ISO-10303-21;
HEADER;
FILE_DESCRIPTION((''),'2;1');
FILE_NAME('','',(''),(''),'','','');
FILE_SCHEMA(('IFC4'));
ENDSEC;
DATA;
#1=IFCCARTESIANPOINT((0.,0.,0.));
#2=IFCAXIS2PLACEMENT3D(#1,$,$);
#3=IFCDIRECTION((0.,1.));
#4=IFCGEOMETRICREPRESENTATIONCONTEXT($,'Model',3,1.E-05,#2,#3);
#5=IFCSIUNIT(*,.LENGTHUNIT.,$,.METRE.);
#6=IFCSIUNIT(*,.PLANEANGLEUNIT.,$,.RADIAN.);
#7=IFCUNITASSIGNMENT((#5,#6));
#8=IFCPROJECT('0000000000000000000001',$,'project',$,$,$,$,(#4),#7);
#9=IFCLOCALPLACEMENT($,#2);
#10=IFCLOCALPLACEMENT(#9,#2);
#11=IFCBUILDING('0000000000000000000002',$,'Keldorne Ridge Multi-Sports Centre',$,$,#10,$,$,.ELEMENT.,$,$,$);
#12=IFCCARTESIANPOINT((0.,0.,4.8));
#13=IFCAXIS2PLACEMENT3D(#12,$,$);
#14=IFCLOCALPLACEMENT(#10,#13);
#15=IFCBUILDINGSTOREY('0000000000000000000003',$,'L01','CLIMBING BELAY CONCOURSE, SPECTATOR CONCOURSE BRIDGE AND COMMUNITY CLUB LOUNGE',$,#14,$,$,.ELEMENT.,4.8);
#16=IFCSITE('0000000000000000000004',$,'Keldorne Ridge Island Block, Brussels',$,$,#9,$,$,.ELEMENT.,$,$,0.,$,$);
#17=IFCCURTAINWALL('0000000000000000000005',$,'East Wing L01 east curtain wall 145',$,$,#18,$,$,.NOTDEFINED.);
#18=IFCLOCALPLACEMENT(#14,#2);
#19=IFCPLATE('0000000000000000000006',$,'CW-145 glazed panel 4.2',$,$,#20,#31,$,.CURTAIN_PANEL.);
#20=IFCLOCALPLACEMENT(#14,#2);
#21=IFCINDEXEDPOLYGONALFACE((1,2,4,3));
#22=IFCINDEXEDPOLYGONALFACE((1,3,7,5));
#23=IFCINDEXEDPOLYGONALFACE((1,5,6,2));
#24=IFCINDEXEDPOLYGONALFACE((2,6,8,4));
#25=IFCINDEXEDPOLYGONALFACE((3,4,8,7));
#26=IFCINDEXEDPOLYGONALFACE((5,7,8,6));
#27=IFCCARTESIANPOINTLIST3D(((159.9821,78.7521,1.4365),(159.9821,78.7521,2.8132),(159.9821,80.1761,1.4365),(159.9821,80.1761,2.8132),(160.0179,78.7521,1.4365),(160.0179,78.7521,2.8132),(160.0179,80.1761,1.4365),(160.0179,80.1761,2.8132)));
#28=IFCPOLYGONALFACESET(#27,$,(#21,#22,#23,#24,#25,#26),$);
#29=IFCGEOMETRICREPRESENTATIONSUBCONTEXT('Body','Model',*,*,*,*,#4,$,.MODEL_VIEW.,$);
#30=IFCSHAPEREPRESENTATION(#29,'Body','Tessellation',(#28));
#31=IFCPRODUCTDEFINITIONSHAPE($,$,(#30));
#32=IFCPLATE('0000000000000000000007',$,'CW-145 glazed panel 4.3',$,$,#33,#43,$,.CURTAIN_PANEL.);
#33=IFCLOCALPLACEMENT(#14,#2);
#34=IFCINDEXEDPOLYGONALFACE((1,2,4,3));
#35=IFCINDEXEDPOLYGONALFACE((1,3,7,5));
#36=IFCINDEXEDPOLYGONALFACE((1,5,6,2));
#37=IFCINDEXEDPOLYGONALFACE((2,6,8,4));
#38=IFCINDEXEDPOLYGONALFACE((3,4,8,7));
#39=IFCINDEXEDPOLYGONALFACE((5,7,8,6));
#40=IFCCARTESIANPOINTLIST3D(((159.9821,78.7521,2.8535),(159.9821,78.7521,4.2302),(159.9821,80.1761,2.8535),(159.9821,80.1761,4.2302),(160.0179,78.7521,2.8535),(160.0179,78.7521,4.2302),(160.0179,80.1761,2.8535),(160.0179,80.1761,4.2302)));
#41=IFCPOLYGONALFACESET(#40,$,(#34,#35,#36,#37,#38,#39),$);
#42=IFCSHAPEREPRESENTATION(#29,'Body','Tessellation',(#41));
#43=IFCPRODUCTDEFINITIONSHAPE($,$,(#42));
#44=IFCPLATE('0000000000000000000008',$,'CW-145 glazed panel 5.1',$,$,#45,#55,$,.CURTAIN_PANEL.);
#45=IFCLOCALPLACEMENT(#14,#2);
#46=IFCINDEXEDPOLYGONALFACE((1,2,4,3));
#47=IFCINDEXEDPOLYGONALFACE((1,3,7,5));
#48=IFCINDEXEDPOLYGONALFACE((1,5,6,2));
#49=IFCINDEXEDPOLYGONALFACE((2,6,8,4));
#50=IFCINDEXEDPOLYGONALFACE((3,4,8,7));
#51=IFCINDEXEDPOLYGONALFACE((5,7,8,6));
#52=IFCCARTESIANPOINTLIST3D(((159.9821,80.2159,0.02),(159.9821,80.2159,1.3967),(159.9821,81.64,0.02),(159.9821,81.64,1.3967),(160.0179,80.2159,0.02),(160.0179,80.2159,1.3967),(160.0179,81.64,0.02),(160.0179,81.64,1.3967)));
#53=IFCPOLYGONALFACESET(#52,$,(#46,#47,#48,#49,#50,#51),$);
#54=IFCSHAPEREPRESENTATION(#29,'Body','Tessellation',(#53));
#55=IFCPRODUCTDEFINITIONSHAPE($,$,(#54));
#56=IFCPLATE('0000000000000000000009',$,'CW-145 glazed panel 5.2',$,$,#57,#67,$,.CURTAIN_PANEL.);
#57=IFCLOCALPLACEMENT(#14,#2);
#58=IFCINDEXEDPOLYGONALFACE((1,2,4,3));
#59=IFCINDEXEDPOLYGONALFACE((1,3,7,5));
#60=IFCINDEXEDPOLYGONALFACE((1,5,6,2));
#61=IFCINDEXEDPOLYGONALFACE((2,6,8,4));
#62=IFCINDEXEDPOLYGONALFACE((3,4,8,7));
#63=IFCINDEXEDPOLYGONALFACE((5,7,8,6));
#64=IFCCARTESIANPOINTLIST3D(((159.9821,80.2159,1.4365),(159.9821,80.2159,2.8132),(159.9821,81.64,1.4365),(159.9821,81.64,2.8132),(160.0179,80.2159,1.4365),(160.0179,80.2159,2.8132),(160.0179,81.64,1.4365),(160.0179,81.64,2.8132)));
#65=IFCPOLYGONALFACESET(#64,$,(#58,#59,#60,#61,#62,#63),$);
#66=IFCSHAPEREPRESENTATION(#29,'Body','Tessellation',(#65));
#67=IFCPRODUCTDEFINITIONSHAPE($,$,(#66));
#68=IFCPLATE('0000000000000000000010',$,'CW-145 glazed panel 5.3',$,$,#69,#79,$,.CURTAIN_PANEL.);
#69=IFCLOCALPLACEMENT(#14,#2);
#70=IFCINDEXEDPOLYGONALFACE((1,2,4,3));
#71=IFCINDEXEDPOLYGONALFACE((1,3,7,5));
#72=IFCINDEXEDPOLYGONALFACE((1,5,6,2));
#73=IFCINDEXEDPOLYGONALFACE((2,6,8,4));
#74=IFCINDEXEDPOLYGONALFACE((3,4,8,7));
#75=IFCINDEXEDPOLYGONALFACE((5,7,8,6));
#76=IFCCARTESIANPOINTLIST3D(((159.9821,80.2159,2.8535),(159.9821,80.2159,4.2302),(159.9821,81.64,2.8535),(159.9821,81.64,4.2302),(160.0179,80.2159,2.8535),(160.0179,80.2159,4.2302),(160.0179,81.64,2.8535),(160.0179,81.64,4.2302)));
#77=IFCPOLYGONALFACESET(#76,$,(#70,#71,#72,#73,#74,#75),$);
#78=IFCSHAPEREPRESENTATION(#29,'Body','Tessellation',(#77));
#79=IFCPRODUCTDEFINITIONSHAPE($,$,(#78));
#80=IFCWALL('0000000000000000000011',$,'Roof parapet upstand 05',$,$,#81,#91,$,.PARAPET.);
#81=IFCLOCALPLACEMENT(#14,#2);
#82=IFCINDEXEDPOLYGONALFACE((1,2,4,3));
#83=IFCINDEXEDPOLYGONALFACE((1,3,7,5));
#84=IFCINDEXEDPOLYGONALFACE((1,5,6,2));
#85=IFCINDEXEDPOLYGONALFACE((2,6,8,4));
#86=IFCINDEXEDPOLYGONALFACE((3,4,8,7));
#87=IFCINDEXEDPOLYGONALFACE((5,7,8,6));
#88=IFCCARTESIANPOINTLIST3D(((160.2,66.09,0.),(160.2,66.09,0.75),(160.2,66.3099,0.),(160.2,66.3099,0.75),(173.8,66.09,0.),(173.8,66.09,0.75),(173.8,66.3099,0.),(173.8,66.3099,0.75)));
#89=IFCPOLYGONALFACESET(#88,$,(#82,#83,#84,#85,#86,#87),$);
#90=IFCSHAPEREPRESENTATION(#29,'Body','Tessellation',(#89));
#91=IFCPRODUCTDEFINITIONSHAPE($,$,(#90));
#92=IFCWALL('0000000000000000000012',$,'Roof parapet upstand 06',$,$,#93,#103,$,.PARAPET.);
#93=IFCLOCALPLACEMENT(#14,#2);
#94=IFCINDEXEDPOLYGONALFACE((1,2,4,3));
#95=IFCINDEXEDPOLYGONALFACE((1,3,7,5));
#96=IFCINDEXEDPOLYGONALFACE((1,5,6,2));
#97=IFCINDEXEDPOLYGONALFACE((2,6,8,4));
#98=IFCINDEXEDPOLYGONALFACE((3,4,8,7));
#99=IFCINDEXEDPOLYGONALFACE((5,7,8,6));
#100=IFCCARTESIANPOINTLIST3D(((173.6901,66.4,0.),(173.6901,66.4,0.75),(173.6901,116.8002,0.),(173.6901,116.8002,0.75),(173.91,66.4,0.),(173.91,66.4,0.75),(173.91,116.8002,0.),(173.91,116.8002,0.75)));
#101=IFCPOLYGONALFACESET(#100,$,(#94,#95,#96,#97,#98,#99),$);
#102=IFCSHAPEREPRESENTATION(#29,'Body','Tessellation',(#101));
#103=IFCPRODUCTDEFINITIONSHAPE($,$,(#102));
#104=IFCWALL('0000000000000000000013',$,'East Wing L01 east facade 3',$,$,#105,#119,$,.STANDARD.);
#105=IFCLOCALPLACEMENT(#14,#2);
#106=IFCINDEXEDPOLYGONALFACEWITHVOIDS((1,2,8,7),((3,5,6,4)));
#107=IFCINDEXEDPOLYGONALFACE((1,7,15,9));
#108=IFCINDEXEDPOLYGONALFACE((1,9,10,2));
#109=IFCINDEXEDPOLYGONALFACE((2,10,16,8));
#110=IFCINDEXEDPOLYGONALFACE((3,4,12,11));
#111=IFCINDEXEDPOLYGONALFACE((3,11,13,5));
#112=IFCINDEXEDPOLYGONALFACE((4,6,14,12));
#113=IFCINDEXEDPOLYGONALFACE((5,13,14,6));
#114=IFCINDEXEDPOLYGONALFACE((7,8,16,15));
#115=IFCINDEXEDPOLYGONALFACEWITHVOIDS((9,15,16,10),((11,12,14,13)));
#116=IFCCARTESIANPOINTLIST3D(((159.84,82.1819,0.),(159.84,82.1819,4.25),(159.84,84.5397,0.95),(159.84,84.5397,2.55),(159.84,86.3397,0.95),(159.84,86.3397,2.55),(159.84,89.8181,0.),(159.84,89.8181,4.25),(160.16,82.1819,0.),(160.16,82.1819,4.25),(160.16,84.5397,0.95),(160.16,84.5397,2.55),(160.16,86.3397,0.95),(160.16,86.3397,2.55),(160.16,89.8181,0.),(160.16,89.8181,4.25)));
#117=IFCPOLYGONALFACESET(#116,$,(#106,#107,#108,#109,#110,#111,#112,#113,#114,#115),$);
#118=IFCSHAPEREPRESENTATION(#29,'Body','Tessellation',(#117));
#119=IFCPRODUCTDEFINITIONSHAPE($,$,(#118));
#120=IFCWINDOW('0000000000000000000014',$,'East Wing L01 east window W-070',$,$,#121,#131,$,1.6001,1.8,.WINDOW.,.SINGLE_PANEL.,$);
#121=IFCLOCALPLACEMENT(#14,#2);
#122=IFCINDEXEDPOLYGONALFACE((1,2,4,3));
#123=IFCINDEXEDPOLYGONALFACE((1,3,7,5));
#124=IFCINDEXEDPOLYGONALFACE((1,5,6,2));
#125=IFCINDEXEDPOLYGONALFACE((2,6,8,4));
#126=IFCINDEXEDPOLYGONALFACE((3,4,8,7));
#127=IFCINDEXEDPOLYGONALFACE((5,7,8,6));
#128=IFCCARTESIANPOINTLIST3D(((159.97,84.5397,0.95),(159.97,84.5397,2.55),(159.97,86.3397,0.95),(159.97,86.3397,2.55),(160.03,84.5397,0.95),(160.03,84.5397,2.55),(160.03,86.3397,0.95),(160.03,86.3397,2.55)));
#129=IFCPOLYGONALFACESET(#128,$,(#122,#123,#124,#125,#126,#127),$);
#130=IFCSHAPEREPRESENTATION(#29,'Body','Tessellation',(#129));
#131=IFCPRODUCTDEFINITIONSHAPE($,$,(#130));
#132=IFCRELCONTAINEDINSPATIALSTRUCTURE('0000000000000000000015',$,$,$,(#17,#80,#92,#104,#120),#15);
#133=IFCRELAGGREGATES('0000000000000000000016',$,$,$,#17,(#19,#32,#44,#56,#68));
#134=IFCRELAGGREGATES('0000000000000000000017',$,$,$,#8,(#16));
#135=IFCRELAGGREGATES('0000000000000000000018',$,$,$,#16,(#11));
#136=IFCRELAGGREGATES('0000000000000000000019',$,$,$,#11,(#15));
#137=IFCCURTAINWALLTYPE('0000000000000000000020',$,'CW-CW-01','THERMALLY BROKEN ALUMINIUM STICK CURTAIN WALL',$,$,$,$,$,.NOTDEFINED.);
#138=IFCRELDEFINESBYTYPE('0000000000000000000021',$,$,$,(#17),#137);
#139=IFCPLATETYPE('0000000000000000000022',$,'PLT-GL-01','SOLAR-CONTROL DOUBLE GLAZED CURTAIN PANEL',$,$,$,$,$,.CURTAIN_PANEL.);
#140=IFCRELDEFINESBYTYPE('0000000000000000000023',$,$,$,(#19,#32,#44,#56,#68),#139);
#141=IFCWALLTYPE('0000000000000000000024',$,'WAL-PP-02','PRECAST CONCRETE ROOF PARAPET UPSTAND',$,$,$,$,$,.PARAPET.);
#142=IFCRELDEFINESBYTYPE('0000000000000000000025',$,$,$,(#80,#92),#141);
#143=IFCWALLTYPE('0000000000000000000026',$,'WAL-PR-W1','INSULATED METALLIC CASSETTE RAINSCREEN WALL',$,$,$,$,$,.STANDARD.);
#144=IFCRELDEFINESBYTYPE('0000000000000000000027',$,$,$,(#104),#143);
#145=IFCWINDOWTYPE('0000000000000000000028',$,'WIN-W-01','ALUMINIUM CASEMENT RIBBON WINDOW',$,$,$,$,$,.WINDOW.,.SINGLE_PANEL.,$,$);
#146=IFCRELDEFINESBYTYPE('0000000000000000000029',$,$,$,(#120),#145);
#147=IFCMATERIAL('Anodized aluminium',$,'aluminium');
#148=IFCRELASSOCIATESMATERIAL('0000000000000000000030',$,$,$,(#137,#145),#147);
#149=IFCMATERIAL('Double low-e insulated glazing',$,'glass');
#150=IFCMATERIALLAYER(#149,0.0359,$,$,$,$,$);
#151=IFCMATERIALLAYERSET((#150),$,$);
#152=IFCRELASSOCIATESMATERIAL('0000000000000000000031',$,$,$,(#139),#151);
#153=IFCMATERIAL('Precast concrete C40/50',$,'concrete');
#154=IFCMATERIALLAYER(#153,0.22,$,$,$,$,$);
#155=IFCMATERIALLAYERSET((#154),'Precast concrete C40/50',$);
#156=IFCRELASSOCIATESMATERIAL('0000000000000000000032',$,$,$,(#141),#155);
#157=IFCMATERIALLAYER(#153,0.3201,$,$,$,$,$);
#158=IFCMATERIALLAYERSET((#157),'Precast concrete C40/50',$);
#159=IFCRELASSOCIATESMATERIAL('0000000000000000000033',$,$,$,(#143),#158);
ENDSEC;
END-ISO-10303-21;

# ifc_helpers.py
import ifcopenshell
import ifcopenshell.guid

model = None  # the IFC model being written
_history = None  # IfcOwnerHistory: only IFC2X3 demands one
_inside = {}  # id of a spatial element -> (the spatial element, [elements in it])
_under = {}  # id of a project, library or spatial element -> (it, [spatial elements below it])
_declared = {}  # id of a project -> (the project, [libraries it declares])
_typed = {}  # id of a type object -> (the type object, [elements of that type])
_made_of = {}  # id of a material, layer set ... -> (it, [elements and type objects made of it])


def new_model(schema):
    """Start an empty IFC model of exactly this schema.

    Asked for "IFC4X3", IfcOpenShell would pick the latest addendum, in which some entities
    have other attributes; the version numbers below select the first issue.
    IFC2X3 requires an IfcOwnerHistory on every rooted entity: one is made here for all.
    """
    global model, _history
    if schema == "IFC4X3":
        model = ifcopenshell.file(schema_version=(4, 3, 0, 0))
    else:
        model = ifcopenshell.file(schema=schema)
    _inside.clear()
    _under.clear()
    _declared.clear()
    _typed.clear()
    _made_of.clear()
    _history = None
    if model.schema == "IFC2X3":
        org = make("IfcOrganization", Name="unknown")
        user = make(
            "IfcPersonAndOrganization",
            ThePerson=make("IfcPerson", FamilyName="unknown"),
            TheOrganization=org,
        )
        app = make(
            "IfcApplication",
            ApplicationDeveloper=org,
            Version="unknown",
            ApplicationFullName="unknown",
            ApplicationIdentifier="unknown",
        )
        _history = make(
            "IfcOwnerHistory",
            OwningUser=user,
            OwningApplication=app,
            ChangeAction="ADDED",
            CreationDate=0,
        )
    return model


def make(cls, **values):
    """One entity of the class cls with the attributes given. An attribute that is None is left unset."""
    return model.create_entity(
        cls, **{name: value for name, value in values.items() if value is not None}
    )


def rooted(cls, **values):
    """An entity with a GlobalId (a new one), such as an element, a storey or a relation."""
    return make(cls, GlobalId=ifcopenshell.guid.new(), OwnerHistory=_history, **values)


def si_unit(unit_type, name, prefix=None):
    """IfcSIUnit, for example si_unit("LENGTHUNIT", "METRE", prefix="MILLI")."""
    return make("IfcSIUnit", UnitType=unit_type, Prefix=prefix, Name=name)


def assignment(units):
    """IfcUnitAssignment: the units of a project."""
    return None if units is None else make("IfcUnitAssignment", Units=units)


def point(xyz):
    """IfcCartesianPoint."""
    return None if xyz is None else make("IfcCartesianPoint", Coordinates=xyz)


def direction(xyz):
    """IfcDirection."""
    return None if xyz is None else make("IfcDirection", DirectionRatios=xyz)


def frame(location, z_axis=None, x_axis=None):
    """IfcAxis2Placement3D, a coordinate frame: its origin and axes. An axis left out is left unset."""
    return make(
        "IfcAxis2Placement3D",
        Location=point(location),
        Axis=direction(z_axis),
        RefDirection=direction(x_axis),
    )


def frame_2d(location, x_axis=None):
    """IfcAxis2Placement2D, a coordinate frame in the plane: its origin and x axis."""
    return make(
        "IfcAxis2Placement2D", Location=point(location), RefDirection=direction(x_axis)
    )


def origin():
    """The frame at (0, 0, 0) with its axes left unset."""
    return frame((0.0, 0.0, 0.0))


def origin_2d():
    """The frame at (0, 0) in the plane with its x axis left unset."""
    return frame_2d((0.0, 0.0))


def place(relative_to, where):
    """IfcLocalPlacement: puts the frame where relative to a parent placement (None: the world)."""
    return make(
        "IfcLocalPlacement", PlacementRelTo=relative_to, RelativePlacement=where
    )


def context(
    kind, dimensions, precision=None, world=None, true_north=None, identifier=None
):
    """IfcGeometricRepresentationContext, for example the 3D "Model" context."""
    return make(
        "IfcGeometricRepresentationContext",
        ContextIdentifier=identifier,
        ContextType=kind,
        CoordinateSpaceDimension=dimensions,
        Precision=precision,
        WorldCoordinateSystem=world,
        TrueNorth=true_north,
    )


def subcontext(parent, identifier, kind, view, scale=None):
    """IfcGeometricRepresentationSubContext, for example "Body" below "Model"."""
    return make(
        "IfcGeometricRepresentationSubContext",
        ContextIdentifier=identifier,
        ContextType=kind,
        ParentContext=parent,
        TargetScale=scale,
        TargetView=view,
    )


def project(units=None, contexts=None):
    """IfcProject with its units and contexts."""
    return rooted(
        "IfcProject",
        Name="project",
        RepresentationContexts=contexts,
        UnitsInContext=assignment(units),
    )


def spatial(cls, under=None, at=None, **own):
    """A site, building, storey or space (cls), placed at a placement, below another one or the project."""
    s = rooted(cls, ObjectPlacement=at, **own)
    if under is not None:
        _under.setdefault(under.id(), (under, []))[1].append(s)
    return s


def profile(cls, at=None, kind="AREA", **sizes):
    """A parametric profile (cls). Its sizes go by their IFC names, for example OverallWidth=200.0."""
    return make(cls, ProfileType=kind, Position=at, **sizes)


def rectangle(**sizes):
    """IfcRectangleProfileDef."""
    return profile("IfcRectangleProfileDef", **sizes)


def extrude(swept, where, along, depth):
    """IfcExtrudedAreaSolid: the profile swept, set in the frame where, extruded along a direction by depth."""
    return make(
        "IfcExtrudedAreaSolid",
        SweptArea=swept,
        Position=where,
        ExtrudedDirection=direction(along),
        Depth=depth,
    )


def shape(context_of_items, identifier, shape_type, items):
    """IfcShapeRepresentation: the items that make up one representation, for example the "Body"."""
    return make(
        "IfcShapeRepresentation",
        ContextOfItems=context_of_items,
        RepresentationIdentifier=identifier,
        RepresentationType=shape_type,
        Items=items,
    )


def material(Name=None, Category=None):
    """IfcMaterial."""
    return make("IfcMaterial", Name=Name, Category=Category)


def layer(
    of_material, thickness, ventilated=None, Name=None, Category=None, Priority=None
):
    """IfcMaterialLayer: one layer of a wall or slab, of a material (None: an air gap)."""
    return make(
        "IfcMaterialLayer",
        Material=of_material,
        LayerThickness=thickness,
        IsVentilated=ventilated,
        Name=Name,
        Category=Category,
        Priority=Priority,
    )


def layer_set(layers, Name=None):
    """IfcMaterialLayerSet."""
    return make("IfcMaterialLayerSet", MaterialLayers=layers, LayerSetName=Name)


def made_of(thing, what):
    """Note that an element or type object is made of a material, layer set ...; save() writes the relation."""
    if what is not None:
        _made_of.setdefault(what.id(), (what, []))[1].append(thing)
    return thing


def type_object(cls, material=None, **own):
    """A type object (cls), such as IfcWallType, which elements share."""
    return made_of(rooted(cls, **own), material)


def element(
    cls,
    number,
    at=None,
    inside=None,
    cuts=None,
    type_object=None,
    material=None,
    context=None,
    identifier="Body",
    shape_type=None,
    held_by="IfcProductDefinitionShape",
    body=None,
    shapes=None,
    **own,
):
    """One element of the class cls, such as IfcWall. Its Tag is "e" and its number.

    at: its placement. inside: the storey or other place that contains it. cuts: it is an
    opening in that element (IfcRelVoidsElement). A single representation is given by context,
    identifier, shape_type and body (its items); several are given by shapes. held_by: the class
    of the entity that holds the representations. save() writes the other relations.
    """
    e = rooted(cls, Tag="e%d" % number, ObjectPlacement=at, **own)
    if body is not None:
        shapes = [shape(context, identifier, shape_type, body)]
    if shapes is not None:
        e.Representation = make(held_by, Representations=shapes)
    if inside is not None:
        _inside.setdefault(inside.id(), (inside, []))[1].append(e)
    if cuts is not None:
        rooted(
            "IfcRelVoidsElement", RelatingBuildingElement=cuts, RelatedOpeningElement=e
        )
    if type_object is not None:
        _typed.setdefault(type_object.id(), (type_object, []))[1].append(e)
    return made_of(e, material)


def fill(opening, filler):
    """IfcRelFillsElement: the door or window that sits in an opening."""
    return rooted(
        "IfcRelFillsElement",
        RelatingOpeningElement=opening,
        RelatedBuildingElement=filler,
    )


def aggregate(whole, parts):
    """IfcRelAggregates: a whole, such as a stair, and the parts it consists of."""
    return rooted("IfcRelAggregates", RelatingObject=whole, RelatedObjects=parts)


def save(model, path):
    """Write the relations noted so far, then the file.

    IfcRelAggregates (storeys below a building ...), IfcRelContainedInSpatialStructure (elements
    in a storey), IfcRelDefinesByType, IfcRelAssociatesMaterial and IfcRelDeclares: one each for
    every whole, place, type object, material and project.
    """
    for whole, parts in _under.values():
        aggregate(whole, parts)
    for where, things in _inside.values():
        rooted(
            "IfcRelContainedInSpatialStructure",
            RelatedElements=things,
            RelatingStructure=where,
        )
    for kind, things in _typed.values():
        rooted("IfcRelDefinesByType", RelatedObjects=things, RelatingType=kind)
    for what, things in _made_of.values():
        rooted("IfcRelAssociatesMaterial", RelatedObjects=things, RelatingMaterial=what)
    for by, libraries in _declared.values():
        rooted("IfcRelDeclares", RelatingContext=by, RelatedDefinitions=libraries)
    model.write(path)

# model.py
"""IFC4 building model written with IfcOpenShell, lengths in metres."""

from ifc_helpers import new_model, si_unit, direction, frame, frame_2d, origin, origin_2d, place, context, subcontext, project, spatial, rectangle, extrude, material, layer, layer_set, type_object, element, fill, aggregate, save


model = new_model("IFC4")

# Units and contexts
model_context = context("Model", 3, precision=1e-05, world=origin(), true_north=direction((0.0, 1.0)))
body_context = subcontext(model_context, "Body", "Model", "MODEL_VIEW")
ifc_project = project(units=[si_unit("LENGTHUNIT", "METRE"), si_unit("PLANEANGLEUNIT", "RADIAN")], contexts=[model_context])

# Site, building, storey
site_placement = place(None, origin())
site = spatial("IfcSite", under=ifc_project, at=site_placement, Name="Keldorne Ridge Island Block, Brussels", CompositionType="ELEMENT", RefElevation=0.0)
building_placement = place(site_placement, origin())
building = spatial("IfcBuilding", under=site, at=building_placement, Name="Keldorne Ridge Multi-Sports Centre", CompositionType="ELEMENT")
storey_placement = place(building_placement, frame((0.0, 0.0, 4.8)))
storey = spatial("IfcBuildingStorey", under=building, at=storey_placement, Name="L01", Description="CLIMBING BELAY CONCOURSE, SPECTATOR CONCOURSE BRIDGE AND COMMUNITY CLUB LOUNGE", CompositionType="ELEMENT", Elevation=4.8)

# Curtain wall, plates
ifc_material_1 = material(Name="Anodized aluminium", Category="aluminium")
curtain_wall_type = type_object("IfcCurtainWallType", Name="CW-CW-01", Description="THERMALLY BROKEN ALUMINIUM STICK CURTAIN WALL", PredefinedType="NOTDEFINED", material=ifc_material_1)
curtain_wall_placement = place(storey_placement, origin())
curtain_wall = element("IfcCurtainWall", 1, at=curtain_wall_placement, inside=storey, type_object=curtain_wall_type, Name="East Wing L01 east curtain wall 145", PredefinedType="NOTDEFINED")
ifc_material_2 = material(Name="Double low-e insulated glazing", Category="glass")
ifc_layer_1 = layer(ifc_material_2, 0.0359)
ifc_layer_set_1 = layer_set([ifc_layer_1])
plate_type = type_object("IfcPlateType", Name="PLT-GL-01", Description="SOLAR-CONTROL DOUBLE GLAZED CURTAIN PANEL", PredefinedType="CURTAIN_PANEL", material=ifc_layer_set_1)
plate_1_placement = place(storey_placement, frame((160.0, 79.4641, 1.4365), z_axis=(0.0, 0.0, 1.0), x_axis=(0.0, 1.0, 0.0)))
plate_1 = element("IfcPlate", 2, at=plate_1_placement, type_object=plate_type, Name="CW-145 glazed panel 4.2", PredefinedType="CURTAIN_PANEL", context=body_context, shape_type="SweptSolid", body=[
    extrude(rectangle(XDim=1.4241, YDim=0.0359, at=origin_2d()), origin(), (0.0, 0.0, 1.0), 1.3767),
])
plate_2_placement = place(storey_placement, frame((160.0, 79.4641, 2.8535), z_axis=(0.0, 0.0, 1.0), x_axis=(0.0, 1.0, 0.0)))
plate_2 = element("IfcPlate", 3, at=plate_2_placement, type_object=plate_type, Name="CW-145 glazed panel 4.3", PredefinedType="CURTAIN_PANEL", context=body_context, shape_type="SweptSolid", body=[
    extrude(rectangle(XDim=1.4241, YDim=0.0359, at=origin_2d()), origin(), (0.0, 0.0, 1.0), 1.3767),
])
plate_3_placement = place(storey_placement, frame((160.0, 80.928, 0.02), z_axis=(0.0, 0.0, 1.0), x_axis=(0.0, 1.0, 0.0)))
plate_3 = element("IfcPlate", 4, at=plate_3_placement, type_object=plate_type, Name="CW-145 glazed panel 5.1", PredefinedType="CURTAIN_PANEL", context=body_context, shape_type="SweptSolid", body=[
    extrude(rectangle(XDim=1.4241, YDim=0.0359, at=origin_2d()), origin(), (0.0, 0.0, 1.0), 1.3767),
])
plate_4_placement = place(storey_placement, frame((160.0, 80.928, 1.4365), z_axis=(0.0, 0.0, 1.0), x_axis=(0.0, 1.0, 0.0)))
plate_4 = element("IfcPlate", 5, at=plate_4_placement, type_object=plate_type, Name="CW-145 glazed panel 5.2", PredefinedType="CURTAIN_PANEL", context=body_context, shape_type="SweptSolid", body=[
    extrude(rectangle(XDim=1.4241, YDim=0.0359, at=origin_2d()), origin(), (0.0, 0.0, 1.0), 1.3767),
])
plate_5_placement = place(storey_placement, frame((160.0, 80.928, 2.8535), z_axis=(0.0, 0.0, 1.0), x_axis=(0.0, 1.0, 0.0)))
plate_5 = element("IfcPlate", 6, at=plate_5_placement, type_object=plate_type, Name="CW-145 glazed panel 5.3", PredefinedType="CURTAIN_PANEL", context=body_context, shape_type="SweptSolid", body=[
    extrude(rectangle(XDim=1.4241, YDim=0.0359, at=origin_2d()), origin(), (0.0, 0.0, 1.0), 1.3767),
])
aggregate(curtain_wall, [plate_1, plate_2, plate_3, plate_4, plate_5])

# Walls
ifc_material_3 = material(Name="Precast concrete C40/50", Category="concrete")
ifc_layer_2 = layer(ifc_material_3, 0.22)
ifc_layer_set_2 = layer_set([ifc_layer_2], Name="Precast concrete C40/50")
wall_type_1 = type_object("IfcWallType", Name="WAL-PP-02", Description="PRECAST CONCRETE ROOF PARAPET UPSTAND", PredefinedType="PARAPET", material=ifc_layer_set_2)
wall_1_placement = place(storey_placement, frame((160.2, 66.2, 0.0), z_axis=(0.0, 0.0, 1.0), x_axis=(1.0, 0.0, 0.0)))
element("IfcWall", 7, at=wall_1_placement, inside=storey, type_object=wall_type_1, Name="Roof parapet upstand 05", PredefinedType="PARAPET", context=body_context, shape_type="SweptSolid", body=[
    extrude(rectangle(XDim=13.6001, YDim=0.22, at=frame_2d((6.8, 0.0))), origin(), (0.0, 0.0, 1.0), 0.75),
])
wall_2_placement = place(storey_placement, frame((173.8, 66.3999, 0.0), z_axis=(0.0, 0.0, 1.0), x_axis=(0.0, 1.0, 0.0)))
element("IfcWall", 8, at=wall_2_placement, inside=storey, type_object=wall_type_1, Name="Roof parapet upstand 06", PredefinedType="PARAPET", context=body_context, shape_type="SweptSolid", body=[
    extrude(rectangle(XDim=50.4001, YDim=0.22, at=frame_2d((25.2002, 0.0))), origin(), (0.0, 0.0, 1.0), 0.75),
])

# Wall, opening, window
ifc_layer_3 = layer(ifc_material_3, 0.3201)
ifc_layer_set_3 = layer_set([ifc_layer_3], Name="Precast concrete C40/50")
wall_type_2 = type_object("IfcWallType", Name="WAL-PR-W1", Description="INSULATED METALLIC CASSETTE RAINSCREEN WALL", PredefinedType="STANDARD", material=ifc_layer_set_3)
wall_3_placement = place(storey_placement, frame((160.0, 82.1819, 0.0), z_axis=(0.0, 0.0, 1.0), x_axis=(0.0, 1.0, 0.0)))
wall_3 = element("IfcWall", 9, at=wall_3_placement, inside=storey, type_object=wall_type_2, Name="East Wing L01 east facade 3", PredefinedType="STANDARD", context=body_context, shape_type="SweptSolid", body=[
    extrude(rectangle(XDim=7.6362, YDim=0.3201, at=frame_2d((3.8181, 0.0))), origin(), (0.0, 0.0, 1.0), 4.25),
])
opening_placement = place(wall_3_placement, frame((2.3579, 0.0, 0.95)))
opening = element("IfcOpeningElement", 10, at=opening_placement, cuts=wall_3, PredefinedType="OPENING", context=body_context, shape_type="SweptSolid", body=[
    extrude(rectangle(XDim=1.8, YDim=1.6001, at=frame_2d((0.8999, 0.8))), frame((0.0, 0.1699, 0.0), z_axis=(0.0, -1.0, 0.0), x_axis=(1.0, 0.0, 0.0)), (0.0, 0.0, 1.0), 0.3401),
])
window_type = type_object("IfcWindowType", Name="WIN-W-01", Description="ALUMINIUM CASEMENT RIBBON WINDOW", PartitioningType="SINGLE_PANEL", PredefinedType="WINDOW", material=ifc_material_1)
window_placement = place(opening_placement, origin())
window = element("IfcWindow", 11, at=window_placement, inside=storey, type_object=window_type, Name="East Wing L01 east window W-070", OverallHeight=1.6001, OverallWidth=1.8, PartitioningType="SINGLE_PANEL", PredefinedType="WINDOW", context=body_context, shape_type="SweptSolid", body=[
    extrude(rectangle(XDim=1.8, YDim=1.6001, at=frame_2d((0.8999, 0.8))), frame((0.0, 0.03, 0.0), z_axis=(0.0, -1.0, 0.0), x_axis=(1.0, 0.0, 0.0)), (0.0, 0.0, 1.0), 0.0601),
])
fill(opening, window)

save(model, "model.ifc")
